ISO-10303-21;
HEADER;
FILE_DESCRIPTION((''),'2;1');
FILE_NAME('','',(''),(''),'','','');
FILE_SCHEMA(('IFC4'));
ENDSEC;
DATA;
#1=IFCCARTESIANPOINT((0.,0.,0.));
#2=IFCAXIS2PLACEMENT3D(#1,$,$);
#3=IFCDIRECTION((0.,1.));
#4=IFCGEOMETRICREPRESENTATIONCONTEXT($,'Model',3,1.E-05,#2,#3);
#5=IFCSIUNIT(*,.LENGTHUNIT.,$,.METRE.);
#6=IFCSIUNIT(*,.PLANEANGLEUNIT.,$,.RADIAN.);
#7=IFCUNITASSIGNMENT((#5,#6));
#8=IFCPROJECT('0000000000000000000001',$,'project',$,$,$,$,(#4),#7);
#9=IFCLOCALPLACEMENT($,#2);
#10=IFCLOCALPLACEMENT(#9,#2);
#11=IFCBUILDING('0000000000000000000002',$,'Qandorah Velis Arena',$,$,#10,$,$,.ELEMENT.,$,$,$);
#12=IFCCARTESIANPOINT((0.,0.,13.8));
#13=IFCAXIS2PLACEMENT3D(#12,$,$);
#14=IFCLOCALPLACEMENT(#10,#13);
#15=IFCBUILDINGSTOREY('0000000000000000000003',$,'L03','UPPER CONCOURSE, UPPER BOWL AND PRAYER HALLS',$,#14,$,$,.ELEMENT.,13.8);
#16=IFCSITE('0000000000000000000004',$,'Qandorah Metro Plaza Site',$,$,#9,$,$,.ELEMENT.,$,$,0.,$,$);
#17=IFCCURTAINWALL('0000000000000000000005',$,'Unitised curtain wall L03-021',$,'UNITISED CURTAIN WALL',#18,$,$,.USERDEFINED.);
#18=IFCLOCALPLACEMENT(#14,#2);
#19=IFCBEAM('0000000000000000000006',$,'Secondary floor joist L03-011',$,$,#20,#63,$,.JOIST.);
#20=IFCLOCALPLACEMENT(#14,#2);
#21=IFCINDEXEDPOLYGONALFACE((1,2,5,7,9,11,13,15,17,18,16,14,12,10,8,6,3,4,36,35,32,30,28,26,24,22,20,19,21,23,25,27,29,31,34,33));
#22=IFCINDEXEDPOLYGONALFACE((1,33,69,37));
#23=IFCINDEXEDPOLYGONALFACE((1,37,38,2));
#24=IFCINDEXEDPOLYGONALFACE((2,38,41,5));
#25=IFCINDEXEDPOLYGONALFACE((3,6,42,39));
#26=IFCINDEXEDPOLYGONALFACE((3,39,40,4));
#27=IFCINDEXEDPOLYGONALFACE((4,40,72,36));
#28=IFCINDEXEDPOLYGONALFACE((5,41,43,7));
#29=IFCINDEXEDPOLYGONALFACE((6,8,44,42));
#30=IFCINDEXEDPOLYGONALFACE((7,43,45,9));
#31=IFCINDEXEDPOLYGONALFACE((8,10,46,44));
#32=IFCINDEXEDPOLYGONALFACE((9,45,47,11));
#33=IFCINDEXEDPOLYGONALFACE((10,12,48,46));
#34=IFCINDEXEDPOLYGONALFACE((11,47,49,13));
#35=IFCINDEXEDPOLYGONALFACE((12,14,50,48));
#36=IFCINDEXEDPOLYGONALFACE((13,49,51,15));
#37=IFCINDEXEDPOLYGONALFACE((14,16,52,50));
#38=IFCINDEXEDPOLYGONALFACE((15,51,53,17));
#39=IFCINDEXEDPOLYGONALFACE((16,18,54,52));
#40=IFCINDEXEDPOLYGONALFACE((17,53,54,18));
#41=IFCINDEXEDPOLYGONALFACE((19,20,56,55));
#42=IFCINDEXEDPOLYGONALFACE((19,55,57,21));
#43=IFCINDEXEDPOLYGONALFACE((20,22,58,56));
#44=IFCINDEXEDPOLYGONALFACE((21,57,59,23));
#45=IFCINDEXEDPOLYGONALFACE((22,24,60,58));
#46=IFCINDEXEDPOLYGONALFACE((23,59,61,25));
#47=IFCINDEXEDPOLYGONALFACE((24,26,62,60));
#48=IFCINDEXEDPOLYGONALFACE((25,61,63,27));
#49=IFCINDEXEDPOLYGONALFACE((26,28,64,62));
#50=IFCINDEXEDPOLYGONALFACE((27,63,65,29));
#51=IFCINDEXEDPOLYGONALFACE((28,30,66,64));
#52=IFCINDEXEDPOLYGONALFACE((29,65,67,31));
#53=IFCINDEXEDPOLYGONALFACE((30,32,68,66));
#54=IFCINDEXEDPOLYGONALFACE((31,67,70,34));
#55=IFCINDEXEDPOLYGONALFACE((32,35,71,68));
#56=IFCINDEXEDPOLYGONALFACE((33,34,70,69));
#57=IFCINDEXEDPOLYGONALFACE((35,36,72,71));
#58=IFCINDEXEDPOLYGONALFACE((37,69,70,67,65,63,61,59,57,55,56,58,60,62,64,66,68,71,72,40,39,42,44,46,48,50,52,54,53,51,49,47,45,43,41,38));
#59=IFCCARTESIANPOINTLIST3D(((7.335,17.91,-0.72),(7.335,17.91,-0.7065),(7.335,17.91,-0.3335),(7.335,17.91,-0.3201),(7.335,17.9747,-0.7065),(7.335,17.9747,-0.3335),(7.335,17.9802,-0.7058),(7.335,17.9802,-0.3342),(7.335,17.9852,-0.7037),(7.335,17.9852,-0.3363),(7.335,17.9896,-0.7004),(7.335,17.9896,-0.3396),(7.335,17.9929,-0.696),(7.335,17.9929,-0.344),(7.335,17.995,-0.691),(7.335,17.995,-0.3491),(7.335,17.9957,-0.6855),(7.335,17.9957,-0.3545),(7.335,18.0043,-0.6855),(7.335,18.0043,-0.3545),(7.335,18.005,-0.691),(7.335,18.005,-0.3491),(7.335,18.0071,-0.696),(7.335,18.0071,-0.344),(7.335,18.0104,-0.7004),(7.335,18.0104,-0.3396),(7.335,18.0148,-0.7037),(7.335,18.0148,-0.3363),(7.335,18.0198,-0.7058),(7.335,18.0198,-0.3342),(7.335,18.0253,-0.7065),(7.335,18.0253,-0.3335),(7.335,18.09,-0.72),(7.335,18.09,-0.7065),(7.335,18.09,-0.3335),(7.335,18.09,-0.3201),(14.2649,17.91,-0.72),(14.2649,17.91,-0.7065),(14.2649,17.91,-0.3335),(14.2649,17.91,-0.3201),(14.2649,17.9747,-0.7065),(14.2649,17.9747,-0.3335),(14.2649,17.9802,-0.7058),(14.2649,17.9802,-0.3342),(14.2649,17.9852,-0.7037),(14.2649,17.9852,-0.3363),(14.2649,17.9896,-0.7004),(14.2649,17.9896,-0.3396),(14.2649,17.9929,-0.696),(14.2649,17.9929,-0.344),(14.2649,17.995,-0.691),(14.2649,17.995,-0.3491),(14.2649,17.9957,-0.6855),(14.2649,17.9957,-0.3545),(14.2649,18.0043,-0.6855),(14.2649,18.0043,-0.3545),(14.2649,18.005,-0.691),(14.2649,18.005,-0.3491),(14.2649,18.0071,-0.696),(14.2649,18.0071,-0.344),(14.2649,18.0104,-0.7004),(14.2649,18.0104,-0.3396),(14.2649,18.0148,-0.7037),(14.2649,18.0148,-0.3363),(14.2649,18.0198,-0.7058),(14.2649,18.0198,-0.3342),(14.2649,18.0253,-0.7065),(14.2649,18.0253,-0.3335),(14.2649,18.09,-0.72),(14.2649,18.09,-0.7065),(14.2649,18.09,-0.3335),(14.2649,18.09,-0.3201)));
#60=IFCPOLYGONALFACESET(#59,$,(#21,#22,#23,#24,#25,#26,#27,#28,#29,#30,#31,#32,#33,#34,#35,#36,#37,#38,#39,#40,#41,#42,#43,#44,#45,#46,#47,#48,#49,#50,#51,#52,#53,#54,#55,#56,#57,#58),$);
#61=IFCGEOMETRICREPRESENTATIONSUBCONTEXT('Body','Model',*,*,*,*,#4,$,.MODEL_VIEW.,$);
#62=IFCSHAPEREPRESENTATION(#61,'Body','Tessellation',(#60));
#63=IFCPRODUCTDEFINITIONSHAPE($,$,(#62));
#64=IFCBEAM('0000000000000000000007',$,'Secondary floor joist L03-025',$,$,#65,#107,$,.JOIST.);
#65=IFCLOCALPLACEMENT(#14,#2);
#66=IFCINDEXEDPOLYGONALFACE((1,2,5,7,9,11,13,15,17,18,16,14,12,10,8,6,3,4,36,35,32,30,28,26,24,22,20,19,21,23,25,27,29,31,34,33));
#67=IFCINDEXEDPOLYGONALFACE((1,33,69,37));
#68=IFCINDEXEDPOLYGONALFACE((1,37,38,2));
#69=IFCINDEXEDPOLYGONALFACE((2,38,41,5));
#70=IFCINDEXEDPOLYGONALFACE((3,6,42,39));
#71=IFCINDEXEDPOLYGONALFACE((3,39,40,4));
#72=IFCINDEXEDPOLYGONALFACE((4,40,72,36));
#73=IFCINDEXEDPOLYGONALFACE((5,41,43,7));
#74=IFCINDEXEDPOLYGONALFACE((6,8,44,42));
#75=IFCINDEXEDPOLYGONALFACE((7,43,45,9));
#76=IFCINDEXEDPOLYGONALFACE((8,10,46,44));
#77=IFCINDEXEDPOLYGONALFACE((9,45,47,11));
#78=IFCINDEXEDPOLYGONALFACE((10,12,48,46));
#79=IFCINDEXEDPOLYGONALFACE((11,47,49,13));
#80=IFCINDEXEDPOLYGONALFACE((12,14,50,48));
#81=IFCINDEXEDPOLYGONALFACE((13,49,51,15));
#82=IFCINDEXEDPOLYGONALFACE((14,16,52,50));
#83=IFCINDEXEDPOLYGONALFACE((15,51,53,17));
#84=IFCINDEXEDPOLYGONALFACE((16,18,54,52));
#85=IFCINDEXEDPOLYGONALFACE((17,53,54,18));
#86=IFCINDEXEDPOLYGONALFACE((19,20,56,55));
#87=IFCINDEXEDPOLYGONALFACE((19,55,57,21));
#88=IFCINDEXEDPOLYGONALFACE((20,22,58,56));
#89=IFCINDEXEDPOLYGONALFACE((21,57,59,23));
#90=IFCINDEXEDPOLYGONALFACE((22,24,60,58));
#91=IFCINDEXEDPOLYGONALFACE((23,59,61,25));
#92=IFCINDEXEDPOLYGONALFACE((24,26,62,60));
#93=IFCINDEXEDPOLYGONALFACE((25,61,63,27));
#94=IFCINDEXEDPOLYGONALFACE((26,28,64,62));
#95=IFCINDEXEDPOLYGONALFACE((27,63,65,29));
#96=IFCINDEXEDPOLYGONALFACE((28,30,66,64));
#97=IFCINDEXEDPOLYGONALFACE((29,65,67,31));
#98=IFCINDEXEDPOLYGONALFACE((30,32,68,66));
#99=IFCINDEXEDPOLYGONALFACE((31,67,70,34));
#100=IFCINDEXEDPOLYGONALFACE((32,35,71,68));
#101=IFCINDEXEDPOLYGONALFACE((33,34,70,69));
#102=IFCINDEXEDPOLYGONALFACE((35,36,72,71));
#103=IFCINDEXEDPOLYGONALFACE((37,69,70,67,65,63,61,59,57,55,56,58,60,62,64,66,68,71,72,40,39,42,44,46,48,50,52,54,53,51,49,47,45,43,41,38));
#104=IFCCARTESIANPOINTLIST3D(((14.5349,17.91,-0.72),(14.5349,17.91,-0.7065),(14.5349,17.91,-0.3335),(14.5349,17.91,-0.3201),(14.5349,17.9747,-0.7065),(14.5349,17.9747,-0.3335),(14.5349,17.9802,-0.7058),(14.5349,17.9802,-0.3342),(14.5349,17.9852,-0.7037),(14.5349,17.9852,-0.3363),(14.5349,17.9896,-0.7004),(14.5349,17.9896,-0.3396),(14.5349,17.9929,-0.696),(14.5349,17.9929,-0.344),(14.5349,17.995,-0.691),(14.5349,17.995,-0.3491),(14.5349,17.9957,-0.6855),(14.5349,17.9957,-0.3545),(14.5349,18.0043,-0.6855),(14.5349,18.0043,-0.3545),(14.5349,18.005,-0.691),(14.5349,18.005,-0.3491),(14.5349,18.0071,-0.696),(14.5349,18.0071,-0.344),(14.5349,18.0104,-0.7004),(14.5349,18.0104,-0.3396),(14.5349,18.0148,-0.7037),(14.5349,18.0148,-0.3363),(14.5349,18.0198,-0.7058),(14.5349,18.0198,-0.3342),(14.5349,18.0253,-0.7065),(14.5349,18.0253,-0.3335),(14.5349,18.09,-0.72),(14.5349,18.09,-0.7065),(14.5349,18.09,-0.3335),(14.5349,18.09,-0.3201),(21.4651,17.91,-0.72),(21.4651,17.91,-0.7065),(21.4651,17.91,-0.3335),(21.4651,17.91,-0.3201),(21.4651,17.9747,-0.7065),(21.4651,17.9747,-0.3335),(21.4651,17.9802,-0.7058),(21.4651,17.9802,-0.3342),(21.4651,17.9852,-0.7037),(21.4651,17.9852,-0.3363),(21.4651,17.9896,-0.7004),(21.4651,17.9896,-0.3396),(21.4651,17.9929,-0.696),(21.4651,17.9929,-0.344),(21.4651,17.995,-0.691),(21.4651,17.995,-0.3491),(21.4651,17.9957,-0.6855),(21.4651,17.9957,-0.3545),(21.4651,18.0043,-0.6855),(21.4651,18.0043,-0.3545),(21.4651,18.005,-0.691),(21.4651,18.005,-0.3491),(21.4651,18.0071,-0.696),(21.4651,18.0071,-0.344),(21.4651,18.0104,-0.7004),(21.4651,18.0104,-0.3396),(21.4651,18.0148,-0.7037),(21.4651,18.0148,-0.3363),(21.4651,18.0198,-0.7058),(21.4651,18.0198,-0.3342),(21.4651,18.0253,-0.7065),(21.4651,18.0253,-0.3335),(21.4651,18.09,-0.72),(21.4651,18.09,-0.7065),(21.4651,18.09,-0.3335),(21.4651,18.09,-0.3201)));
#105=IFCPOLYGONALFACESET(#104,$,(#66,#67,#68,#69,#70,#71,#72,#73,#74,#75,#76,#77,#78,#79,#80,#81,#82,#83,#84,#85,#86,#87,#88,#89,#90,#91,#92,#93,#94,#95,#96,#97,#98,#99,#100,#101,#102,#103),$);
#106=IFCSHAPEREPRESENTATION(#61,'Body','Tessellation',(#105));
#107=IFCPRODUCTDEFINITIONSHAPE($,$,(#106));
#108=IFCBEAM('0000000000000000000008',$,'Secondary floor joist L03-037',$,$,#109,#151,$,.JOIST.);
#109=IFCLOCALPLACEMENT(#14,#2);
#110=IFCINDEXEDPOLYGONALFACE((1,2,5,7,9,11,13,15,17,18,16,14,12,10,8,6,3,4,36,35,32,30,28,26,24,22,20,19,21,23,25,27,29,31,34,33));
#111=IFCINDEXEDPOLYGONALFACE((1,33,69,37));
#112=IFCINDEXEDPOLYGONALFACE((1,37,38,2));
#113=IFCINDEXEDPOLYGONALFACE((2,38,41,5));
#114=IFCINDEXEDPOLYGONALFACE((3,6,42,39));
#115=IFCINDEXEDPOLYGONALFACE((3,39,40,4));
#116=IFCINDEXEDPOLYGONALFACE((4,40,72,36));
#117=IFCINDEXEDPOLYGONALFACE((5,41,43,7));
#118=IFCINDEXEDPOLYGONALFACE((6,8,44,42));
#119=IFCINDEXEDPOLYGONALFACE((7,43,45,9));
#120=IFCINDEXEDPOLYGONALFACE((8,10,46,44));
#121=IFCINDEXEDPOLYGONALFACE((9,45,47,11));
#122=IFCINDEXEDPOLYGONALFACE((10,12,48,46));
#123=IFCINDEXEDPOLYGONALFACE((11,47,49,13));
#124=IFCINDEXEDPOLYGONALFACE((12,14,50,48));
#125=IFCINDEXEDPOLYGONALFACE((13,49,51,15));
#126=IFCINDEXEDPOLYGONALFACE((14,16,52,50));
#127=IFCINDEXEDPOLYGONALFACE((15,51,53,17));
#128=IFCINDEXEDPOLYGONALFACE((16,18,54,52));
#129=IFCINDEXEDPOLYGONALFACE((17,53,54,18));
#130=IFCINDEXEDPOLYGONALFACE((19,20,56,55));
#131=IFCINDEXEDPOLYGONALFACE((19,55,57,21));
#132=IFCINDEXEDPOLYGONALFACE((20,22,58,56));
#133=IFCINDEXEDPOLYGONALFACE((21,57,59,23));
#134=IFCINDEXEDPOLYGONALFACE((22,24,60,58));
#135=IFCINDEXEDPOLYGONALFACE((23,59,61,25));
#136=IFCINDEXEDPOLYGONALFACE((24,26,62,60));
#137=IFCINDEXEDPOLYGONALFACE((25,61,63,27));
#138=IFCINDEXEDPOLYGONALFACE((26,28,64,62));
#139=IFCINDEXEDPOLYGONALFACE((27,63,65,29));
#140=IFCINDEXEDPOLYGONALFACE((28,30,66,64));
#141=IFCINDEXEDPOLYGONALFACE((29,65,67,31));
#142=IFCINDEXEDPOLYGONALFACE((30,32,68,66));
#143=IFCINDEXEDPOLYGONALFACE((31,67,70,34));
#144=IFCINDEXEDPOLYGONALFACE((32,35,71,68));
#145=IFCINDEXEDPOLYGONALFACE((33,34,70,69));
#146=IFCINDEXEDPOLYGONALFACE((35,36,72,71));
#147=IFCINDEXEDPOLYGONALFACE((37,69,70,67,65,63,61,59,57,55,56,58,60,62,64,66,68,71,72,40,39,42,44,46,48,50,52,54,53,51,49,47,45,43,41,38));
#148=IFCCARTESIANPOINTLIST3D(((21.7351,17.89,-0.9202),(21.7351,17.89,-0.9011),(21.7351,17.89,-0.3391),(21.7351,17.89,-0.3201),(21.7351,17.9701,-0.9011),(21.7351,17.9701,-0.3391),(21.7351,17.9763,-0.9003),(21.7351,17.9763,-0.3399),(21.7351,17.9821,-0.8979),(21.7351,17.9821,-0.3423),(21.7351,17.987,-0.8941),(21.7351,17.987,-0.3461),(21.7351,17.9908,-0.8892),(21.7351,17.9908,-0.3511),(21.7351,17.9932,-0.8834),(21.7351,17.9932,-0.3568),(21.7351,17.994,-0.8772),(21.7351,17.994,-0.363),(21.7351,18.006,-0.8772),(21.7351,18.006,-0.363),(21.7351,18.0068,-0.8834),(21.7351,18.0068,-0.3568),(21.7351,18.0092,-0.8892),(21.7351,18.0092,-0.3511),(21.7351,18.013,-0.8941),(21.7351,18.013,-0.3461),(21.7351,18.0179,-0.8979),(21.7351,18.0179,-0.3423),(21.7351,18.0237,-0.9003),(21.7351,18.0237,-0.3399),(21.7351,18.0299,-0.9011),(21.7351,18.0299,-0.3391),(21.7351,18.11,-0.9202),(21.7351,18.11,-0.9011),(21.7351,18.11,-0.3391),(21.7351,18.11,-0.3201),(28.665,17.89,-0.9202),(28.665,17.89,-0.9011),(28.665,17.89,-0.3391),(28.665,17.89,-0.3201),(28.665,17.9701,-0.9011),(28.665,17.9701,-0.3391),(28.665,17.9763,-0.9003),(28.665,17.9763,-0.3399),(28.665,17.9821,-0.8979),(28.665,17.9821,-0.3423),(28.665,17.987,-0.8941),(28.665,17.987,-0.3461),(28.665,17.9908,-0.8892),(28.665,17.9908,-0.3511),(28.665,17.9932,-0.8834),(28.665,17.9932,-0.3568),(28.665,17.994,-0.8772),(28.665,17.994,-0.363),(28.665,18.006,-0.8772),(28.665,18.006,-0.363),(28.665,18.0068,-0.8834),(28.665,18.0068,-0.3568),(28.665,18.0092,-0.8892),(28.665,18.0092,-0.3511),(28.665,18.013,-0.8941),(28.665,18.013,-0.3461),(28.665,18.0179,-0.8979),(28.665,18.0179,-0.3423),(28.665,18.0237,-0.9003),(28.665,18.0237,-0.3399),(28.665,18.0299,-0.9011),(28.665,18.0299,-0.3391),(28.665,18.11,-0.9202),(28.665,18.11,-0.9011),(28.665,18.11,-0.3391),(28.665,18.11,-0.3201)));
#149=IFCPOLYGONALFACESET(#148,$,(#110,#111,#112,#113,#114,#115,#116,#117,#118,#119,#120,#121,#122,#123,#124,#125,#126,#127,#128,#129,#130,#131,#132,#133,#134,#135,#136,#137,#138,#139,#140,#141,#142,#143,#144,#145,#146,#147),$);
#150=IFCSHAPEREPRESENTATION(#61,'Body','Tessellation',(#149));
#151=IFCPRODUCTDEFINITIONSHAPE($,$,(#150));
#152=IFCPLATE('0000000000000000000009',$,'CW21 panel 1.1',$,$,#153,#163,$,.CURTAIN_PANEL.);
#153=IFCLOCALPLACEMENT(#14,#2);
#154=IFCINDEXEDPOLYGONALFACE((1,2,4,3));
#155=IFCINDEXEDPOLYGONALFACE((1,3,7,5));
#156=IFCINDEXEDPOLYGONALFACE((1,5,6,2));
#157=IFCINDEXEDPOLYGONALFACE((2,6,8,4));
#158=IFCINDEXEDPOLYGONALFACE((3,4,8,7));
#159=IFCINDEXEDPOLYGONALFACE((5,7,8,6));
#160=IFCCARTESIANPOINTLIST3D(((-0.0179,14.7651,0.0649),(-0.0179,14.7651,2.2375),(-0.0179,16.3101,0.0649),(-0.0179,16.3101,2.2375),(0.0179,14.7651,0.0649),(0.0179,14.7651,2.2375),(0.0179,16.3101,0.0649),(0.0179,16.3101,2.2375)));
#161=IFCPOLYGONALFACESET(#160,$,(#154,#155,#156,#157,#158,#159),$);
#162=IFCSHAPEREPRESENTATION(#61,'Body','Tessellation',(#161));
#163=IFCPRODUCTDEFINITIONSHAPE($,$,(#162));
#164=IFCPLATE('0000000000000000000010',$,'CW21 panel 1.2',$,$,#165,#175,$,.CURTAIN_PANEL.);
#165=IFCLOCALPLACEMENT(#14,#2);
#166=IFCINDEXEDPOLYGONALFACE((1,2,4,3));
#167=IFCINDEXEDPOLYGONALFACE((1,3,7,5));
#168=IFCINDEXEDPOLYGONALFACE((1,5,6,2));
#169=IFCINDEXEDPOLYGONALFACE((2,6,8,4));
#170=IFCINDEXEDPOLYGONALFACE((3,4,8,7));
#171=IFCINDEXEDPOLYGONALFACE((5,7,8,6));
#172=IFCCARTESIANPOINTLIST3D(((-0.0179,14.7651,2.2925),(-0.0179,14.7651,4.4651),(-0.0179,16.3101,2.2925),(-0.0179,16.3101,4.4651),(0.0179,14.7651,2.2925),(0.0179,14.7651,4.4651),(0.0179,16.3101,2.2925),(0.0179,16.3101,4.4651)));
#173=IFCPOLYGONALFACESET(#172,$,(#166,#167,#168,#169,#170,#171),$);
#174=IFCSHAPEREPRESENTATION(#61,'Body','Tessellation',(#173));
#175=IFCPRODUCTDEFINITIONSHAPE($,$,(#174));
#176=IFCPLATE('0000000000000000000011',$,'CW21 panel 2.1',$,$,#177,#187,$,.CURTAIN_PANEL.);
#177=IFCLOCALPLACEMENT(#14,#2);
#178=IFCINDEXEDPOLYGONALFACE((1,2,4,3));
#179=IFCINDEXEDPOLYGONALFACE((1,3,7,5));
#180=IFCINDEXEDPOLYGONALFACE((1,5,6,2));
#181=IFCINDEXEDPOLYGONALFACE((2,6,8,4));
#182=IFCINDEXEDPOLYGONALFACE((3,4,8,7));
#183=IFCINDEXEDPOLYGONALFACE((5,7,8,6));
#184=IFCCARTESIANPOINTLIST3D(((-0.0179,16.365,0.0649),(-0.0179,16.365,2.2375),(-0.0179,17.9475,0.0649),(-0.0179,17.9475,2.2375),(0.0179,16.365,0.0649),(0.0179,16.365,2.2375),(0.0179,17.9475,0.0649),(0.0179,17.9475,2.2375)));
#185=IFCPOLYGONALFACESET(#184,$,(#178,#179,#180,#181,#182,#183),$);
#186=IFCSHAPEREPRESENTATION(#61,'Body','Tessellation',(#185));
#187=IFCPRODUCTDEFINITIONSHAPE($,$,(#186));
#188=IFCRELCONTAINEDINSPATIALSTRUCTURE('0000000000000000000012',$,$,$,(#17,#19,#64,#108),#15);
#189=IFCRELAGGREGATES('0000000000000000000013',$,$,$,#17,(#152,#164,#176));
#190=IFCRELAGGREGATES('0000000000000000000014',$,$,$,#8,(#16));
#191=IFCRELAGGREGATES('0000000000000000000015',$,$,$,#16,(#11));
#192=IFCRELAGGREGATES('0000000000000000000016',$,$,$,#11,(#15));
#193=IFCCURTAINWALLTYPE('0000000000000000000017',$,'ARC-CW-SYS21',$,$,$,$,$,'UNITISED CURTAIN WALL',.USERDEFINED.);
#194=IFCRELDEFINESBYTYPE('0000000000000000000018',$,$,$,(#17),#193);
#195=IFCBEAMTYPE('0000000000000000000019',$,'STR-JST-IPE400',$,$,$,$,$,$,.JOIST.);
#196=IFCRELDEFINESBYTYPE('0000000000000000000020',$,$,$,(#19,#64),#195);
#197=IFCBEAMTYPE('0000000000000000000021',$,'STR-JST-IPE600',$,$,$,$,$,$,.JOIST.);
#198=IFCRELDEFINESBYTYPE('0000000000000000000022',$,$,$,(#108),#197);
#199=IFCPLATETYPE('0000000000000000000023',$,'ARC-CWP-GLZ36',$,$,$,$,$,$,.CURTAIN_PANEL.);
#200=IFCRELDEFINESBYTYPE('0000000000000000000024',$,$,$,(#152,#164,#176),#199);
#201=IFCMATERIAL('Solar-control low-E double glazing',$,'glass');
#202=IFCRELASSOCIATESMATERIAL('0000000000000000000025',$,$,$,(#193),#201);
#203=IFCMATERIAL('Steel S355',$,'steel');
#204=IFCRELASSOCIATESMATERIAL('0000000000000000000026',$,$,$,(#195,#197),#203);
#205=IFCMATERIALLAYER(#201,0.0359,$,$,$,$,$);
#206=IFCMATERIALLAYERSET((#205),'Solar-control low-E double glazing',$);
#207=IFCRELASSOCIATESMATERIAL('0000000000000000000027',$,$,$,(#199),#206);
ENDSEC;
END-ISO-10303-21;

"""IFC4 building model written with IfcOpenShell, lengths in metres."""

from ifc_helpers import new_model, si_unit, direction, frame, origin, origin_2d, place, context, subcontext, project, spatial, rectangle, i_section, extrude, material, layer, layer_set, material_profile, profile_set, type_object, element, aggregate, save


model = new_model("IFC4")

# Units and contexts
model_context = context("Model", 3, precision=1e-05, world=origin(), true_north=direction((0.0, 1.0)))
body_context = subcontext(model_context, "Body", "Model", "MODEL_VIEW")
ifc_project = project(units=[si_unit("LENGTHUNIT", "METRE"), si_unit("PLANEANGLEUNIT", "RADIAN")], contexts=[model_context])

# Site, building, storey
site_placement = place(None, origin())
site = spatial("IfcSite", under=ifc_project, at=site_placement, Name="Qandorah Metro Plaza Site", CompositionType="ELEMENT", RefElevation=0.0)
building_placement = place(site_placement, origin())
building = spatial("IfcBuilding", under=site, at=building_placement, Name="Qandorah Velis Arena", CompositionType="ELEMENT")
storey_placement = place(building_placement, frame((0.0, 0.0, 13.8)))
storey = spatial("IfcBuildingStorey", under=building, at=storey_placement, Name="L03", Description="UPPER CONCOURSE, UPPER BOWL AND PRAYER HALLS", CompositionType="ELEMENT", Elevation=13.8)

# Curtain wall
ifc_material_1 = material(Name="Solar-control low-E double glazing", Category="glass")
curtain_wall_type = type_object("IfcCurtainWallType", Name="ARC-CW-SYS21", ElementType="UNITISED CURTAIN WALL", PredefinedType="USERDEFINED", material=ifc_material_1)
curtain_wall_placement = place(storey_placement, origin())
curtain_wall = element("IfcCurtainWall", 1, at=curtain_wall_placement, inside=storey, type_object=curtain_wall_type, Name="Unitised curtain wall L03-021", ObjectType="UNITISED CURTAIN WALL", PredefinedType="USERDEFINED")

# Beams
ifc_material_2 = material(Name="Steel S355", Category="steel")
ifc_material_profile_1 = material_profile(ifc_material_2, i_section(OverallWidth=0.1799, OverallDepth=0.3999, WebThickness=0.0085, FlangeThickness=0.0134, FilletRadius=0.021, at=origin_2d()), Name="IPE 400")
ifc_profile_set_1 = profile_set([ifc_material_profile_1], Name="Steel S355")
beam_type_1 = type_object("IfcBeamType", Name="STR-JST-IPE400", PredefinedType="JOIST", material=ifc_profile_set_1)
for number, where, z_axis, x_axis, name in (
    (2, (7.335, 18.0, -0.52), (1.0, 0.0, 0.0), (0.0, 1.0, 0.0), "Secondary floor joist L03-011"),
):
    element("IfcBeam", number, at=place(storey_placement, frame(where, z_axis=z_axis, x_axis=x_axis)), inside=storey, type_object=beam_type_1, Name=name, PredefinedType="JOIST", context=body_context, shape_type="SweptSolid", body=[
        extrude(i_section(OverallWidth=0.1799, OverallDepth=0.3999, WebThickness=0.0085, FlangeThickness=0.0134, FilletRadius=0.021, at=origin_2d()), origin(), (0.0, 0.0, 1.0), 6.9299),
    ])
beam_1_placement = place(storey_placement, frame((14.5349, 18.0, -0.52), z_axis=(1.0, 0.0, 0.0), x_axis=(0.0, 1.0, 0.0)))
element("IfcBeam", 3, at=beam_1_placement, inside=storey, type_object=beam_type_1, Name="Secondary floor joist L03-025", PredefinedType="JOIST", context=body_context, shape_type="SweptSolid", body=[
    extrude(i_section(OverallWidth=0.1799, OverallDepth=0.3999, WebThickness=0.0085, FlangeThickness=0.0134, FilletRadius=0.021, at=origin_2d()), origin(), (0.0, 0.0, 1.0), 6.9302),
])
ifc_material_profile_2 = material_profile(ifc_material_2, i_section(OverallWidth=0.22, OverallDepth=0.6001, WebThickness=0.012, FlangeThickness=0.019, FilletRadius=0.0239, at=origin_2d()), Name="IPE 600")
ifc_profile_set_2 = profile_set([ifc_material_profile_2], Name="Steel S355")
beam_type_2 = type_object("IfcBeamType", Name="STR-JST-IPE600", PredefinedType="JOIST", material=ifc_profile_set_2)
beam_2_placement = place(storey_placement, frame((21.7351, 18.0, -0.6201), z_axis=(1.0, 0.0, 0.0), x_axis=(0.0, 1.0, 0.0)))
element("IfcBeam", 4, at=beam_2_placement, inside=storey, type_object=beam_type_2, Name="Secondary floor joist L03-037", PredefinedType="JOIST", context=body_context, shape_type="SweptSolid", body=[
    extrude(i_section(OverallWidth=0.22, OverallDepth=0.6001, WebThickness=0.012, FlangeThickness=0.019, FilletRadius=0.0239, at=origin_2d()), origin(), (0.0, 0.0, 1.0), 6.9299),
])

# Plates
ifc_layer = layer(ifc_material_1, 0.0359)
ifc_layer_set = layer_set([ifc_layer], Name="Solar-control low-E double glazing")
plate_type = type_object("IfcPlateType", Name="ARC-CWP-GLZ36", PredefinedType="CURTAIN_PANEL", material=ifc_layer_set)
plate_1_placement = place(storey_placement, frame((0.0, 15.5376, 0.0649), z_axis=(0.0, 0.0, 1.0), x_axis=(0.0, 1.0, 0.0)))
plate_1 = element("IfcPlate", 5, at=plate_1_placement, type_object=plate_type, Name="CW21 panel 1.1", PredefinedType="CURTAIN_PANEL", context=body_context, shape_type="SweptSolid", body=[
    extrude(rectangle(XDim=1.5449, YDim=0.0359, at=origin_2d()), origin(), (0.0, 0.0, 1.0), 2.1726),
])
plate_2_placement = place(storey_placement, frame((0.0, 15.5376, 2.2925), z_axis=(0.0, 0.0, 1.0), x_axis=(0.0, 1.0, 0.0)))
plate_2 = element("IfcPlate", 6, at=plate_2_placement, type_object=plate_type, Name="CW21 panel 1.2", PredefinedType="CURTAIN_PANEL", context=body_context, shape_type="SweptSolid", body=[
    extrude(rectangle(XDim=1.5449, YDim=0.0359, at=origin_2d()), origin(), (0.0, 0.0, 1.0), 2.1726),
])
plate_3_placement = place(storey_placement, frame((0.0, 17.1562, 0.0649), z_axis=(0.0, 0.0, 1.0), x_axis=(0.0, 1.0, 0.0)))
plate_3 = element("IfcPlate", 7, at=plate_3_placement, type_object=plate_type, Name="CW21 panel 2.1", PredefinedType="CURTAIN_PANEL", context=body_context, shape_type="SweptSolid", body=[
    extrude(rectangle(XDim=1.5825, YDim=0.0359, at=origin_2d()), origin(), (0.0, 0.0, 1.0), 2.1726),
])
aggregate(curtain_wall, [plate_1, plate_2, plate_3])

save(model, "model.ifc")
